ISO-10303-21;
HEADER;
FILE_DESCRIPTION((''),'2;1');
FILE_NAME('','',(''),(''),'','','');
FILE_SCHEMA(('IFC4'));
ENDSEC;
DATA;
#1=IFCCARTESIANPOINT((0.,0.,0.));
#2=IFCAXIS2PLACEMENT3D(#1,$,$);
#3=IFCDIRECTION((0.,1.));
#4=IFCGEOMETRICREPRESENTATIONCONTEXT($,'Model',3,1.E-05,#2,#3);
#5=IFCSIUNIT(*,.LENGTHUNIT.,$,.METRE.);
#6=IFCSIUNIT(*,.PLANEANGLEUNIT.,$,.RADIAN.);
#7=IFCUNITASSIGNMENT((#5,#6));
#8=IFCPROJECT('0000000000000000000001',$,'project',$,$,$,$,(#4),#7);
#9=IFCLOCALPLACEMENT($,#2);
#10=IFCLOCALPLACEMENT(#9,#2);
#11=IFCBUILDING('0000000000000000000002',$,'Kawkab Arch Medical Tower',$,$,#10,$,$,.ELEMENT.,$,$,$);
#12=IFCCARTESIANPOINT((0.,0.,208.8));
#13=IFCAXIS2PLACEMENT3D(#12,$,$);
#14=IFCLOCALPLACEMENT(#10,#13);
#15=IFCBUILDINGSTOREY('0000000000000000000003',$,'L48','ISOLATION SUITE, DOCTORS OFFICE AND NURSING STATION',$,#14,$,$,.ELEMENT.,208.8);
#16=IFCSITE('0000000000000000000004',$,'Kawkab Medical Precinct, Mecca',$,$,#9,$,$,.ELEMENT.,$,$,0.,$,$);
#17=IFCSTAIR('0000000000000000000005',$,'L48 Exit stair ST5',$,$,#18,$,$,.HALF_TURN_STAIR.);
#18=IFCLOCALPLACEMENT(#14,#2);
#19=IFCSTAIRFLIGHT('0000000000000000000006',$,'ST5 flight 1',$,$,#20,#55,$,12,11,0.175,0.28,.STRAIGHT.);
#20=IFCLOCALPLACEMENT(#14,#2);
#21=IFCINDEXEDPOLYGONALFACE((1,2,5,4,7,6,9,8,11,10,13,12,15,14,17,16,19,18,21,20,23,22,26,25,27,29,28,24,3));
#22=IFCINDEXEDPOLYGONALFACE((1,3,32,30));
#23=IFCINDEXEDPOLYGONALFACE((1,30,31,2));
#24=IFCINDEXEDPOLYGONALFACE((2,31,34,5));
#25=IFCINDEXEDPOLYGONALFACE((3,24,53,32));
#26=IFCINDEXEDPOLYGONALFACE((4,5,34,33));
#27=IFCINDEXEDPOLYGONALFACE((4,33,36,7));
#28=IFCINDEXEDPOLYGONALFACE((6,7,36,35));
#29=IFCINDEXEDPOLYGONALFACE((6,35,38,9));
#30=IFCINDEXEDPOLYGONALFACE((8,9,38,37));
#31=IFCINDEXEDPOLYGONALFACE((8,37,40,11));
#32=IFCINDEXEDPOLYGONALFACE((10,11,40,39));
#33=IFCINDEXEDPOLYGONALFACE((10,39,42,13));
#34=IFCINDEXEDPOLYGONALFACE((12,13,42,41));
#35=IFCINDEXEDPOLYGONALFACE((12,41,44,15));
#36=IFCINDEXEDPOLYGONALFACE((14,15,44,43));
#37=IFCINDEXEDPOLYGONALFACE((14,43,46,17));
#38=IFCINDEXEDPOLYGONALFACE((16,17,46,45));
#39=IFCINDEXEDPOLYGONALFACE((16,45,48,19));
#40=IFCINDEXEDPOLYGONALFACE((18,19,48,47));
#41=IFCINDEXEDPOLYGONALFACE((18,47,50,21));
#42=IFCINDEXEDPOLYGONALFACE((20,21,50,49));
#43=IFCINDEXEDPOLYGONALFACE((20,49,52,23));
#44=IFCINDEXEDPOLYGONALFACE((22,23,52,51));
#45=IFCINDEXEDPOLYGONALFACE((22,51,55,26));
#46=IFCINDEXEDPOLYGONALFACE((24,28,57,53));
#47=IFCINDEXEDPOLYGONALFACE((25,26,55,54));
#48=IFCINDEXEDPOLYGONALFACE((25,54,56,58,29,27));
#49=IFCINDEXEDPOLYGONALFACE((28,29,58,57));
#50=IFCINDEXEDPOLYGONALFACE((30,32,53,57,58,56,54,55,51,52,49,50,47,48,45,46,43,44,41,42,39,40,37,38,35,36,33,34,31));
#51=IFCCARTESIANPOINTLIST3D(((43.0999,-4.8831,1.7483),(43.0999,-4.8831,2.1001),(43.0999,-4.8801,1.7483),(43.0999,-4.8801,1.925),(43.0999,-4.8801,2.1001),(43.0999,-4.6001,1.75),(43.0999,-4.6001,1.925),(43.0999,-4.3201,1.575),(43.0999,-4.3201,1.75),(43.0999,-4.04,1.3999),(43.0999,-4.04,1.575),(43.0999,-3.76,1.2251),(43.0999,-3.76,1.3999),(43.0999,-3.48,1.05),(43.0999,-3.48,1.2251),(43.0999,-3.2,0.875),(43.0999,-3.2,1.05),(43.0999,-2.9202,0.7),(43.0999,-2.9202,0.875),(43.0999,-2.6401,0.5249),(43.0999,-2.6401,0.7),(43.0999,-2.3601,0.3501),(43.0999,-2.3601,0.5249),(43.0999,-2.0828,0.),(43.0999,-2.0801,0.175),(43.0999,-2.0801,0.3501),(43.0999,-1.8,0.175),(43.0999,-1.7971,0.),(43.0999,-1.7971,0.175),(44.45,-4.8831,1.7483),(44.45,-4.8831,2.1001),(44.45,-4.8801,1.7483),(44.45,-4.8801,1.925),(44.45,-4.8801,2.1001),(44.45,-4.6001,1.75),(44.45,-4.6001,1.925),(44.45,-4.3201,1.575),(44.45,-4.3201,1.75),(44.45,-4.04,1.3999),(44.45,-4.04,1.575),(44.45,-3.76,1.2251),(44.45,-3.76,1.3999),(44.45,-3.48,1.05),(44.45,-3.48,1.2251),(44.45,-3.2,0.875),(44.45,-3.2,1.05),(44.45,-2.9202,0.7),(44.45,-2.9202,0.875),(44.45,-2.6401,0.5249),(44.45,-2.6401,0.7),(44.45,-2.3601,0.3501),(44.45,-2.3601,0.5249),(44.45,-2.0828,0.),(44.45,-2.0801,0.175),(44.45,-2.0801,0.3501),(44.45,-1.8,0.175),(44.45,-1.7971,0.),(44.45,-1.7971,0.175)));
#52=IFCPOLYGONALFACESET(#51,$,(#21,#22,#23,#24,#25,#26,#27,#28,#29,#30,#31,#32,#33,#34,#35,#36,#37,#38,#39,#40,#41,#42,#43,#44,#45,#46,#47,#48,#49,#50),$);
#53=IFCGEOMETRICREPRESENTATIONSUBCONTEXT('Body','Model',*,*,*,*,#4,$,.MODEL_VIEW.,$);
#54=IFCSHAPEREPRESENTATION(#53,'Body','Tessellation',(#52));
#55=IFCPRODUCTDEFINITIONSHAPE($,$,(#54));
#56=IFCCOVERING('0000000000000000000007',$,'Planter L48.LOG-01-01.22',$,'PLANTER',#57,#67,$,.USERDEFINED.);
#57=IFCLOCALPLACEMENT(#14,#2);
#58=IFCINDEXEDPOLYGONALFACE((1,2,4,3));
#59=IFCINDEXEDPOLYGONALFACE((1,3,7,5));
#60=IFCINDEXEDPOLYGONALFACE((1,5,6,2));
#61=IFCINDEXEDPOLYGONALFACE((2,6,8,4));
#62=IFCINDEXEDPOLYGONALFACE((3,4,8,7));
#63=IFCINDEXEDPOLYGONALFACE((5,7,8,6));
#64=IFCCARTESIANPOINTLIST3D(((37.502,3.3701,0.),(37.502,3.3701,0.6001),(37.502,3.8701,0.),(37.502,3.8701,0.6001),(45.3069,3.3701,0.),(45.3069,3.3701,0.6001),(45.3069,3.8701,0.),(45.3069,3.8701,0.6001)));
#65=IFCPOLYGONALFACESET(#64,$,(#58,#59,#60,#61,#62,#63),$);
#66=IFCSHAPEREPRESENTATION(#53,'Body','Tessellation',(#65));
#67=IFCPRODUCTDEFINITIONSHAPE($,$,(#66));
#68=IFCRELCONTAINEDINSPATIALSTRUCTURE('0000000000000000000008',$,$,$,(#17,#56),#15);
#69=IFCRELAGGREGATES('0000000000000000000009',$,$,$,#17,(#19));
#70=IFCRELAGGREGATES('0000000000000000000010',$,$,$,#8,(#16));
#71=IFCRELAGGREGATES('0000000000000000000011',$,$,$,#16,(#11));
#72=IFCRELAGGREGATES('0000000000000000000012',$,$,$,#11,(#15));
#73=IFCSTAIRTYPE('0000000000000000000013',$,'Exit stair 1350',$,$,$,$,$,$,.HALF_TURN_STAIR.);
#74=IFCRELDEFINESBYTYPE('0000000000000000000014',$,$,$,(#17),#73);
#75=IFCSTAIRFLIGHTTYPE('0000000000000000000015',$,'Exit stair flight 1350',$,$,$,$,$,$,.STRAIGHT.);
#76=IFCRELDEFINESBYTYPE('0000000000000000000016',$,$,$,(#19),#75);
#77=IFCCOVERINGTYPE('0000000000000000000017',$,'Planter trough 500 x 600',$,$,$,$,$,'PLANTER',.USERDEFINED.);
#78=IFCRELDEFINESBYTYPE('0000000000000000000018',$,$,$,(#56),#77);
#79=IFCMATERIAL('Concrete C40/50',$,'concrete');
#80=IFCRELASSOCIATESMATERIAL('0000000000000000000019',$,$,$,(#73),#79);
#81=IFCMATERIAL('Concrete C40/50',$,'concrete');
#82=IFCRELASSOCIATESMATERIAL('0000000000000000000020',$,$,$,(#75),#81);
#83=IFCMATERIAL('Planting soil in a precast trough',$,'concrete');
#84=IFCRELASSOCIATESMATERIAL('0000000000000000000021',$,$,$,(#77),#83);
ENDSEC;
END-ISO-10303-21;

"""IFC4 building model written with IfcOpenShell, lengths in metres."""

from ifc_helpers import new_model, si_unit, direction, frame, origin, origin_2d, place, context, subcontext, project, spatial, polyline, rectangle, outline, extrude, material, material_profile, profile_set, type_object, element, aggregate, save


model = new_model("IFC4")

# Units and contexts
model_context = context("Model", 3, precision=1e-05, world=origin(), true_north=direction((0.0, 1.0)))
body_context = subcontext(model_context, "Body", "Model", "MODEL_VIEW")
ifc_project = project(units=[si_unit("LENGTHUNIT", "METRE"), si_unit("PLANEANGLEUNIT", "RADIAN")], contexts=[model_context])

# Site, building, storey
site_placement = place(None, origin())
site = spatial("IfcSite", under=ifc_project, at=site_placement, Name="Kawkab Medical Precinct, Mecca", CompositionType="ELEMENT", RefElevation=0.0)
building_placement = place(site_placement, origin())
building = spatial("IfcBuilding", under=site, at=building_placement, Name="Kawkab Arch Medical Tower", CompositionType="ELEMENT")
storey_placement = place(building_placement, frame((0.0, 0.0, 208.8)))
storey = spatial("IfcBuildingStorey", under=building, at=storey_placement, Name="L48", Description="ISOLATION SUITE, DOCTORS OFFICE AND NURSING STATION", CompositionType="ELEMENT", Elevation=208.8)

# Shared definitions
placement = place(storey_placement, origin())

# Stair, stair flight
ifc_material_1 = material(Name="Concrete C40/50", Category="concrete")
stair_type = type_object("IfcStairType", Name="Exit stair 1350", PredefinedType="HALF_TURN_STAIR", material=ifc_material_1)
stair = element("IfcStair", 1, at=placement, inside=storey, type_object=stair_type, Name="L48 Exit stair ST5", PredefinedType="HALF_TURN_STAIR")
ifc_material_2 = material(Name="Concrete C40/50", Category="concrete")
stair_flight_type = type_object("IfcStairFlightType", Name="Exit stair flight 1350", PredefinedType="STRAIGHT", material=ifc_material_2)
stair_flight_placement = place(storey_placement, frame((43.7749, -1.8, 0.0), z_axis=(0.0, 0.0, 1.0), x_axis=(0.0, -1.0, 0.0)))
stair_flight = element("IfcStairFlight", 2, at=stair_flight_placement, type_object=stair_flight_type, Name="ST5 flight 1", NumberOfRisers=12, NumberOfTreads=11, PredefinedType="STRAIGHT", RiserHeight=0.175, TreadLength=0.28, context=body_context, shape_type="SweptSolid", body=[
    extrude(outline(polyline([(-0.0029, 0.0), (-0.0029, 0.175), (0.0, 0.175), (0.28, 0.175), (0.28, 0.3501), (0.5601, 0.3501), (0.5601, 0.5249), (0.8401, 0.5249), (0.8401, 0.7), (1.1201, 0.7), (1.1201, 0.875), (1.3999, 0.875), (1.3999, 1.05), (1.6799, 1.05), (1.6799, 1.2251), (1.96, 1.2251), (1.96, 1.3999), (2.24, 1.3999), (2.24, 1.575), (2.52, 1.575), (2.52, 1.75), (2.8, 1.75), (2.8, 1.925), (3.0801, 1.925), (3.0801, 2.1001), (3.083, 2.1001), (3.083, 1.7483), (3.0801, 1.7483), (0.2827, 0.0), (-0.0029, 0.0)])), frame((0.0, 0.675, 0.0), z_axis=(0.0, -1.0, 0.0), x_axis=(1.0, 0.0, 0.0)), (0.0, 0.0, 1.0), 1.3501),
])
aggregate(stair, [stair_flight])

# Covering
ifc_material_3 = material(Name="Planting soil in a precast trough", Category="concrete")
ifc_material_profile_1 = material_profile(ifc_material_3, rectangle(XDim=0.5, YDim=0.6001, at=origin_2d()), Name="Trough 500x600")
ifc_profile_set_1 = profile_set([ifc_material_profile_1], Name="Planting soil in a precast trough")
covering_type = type_object("IfcCoveringType", Name="Planter trough 500 x 600", ElementType="PLANTER", PredefinedType="USERDEFINED", material=ifc_profile_set_1)
covering_placement = place(storey_placement, frame((37.502, 3.6201, 0.3), z_axis=(1.0, 0.0, 0.0), x_axis=(0.0, 1.0, 0.0)))
element("IfcCovering", 3, at=covering_placement, inside=storey, type_object=covering_type, Name="Planter L48.LOG-01-01.22", ObjectType="PLANTER", PredefinedType="USERDEFINED", context=body_context, shape_type="SweptSolid", body=[
    extrude(rectangle(XDim=0.5, YDim=0.6001, at=origin_2d()), origin(), (0.0, 0.0, 1.0), 7.8049),
])

save(model, "model.ifc")
